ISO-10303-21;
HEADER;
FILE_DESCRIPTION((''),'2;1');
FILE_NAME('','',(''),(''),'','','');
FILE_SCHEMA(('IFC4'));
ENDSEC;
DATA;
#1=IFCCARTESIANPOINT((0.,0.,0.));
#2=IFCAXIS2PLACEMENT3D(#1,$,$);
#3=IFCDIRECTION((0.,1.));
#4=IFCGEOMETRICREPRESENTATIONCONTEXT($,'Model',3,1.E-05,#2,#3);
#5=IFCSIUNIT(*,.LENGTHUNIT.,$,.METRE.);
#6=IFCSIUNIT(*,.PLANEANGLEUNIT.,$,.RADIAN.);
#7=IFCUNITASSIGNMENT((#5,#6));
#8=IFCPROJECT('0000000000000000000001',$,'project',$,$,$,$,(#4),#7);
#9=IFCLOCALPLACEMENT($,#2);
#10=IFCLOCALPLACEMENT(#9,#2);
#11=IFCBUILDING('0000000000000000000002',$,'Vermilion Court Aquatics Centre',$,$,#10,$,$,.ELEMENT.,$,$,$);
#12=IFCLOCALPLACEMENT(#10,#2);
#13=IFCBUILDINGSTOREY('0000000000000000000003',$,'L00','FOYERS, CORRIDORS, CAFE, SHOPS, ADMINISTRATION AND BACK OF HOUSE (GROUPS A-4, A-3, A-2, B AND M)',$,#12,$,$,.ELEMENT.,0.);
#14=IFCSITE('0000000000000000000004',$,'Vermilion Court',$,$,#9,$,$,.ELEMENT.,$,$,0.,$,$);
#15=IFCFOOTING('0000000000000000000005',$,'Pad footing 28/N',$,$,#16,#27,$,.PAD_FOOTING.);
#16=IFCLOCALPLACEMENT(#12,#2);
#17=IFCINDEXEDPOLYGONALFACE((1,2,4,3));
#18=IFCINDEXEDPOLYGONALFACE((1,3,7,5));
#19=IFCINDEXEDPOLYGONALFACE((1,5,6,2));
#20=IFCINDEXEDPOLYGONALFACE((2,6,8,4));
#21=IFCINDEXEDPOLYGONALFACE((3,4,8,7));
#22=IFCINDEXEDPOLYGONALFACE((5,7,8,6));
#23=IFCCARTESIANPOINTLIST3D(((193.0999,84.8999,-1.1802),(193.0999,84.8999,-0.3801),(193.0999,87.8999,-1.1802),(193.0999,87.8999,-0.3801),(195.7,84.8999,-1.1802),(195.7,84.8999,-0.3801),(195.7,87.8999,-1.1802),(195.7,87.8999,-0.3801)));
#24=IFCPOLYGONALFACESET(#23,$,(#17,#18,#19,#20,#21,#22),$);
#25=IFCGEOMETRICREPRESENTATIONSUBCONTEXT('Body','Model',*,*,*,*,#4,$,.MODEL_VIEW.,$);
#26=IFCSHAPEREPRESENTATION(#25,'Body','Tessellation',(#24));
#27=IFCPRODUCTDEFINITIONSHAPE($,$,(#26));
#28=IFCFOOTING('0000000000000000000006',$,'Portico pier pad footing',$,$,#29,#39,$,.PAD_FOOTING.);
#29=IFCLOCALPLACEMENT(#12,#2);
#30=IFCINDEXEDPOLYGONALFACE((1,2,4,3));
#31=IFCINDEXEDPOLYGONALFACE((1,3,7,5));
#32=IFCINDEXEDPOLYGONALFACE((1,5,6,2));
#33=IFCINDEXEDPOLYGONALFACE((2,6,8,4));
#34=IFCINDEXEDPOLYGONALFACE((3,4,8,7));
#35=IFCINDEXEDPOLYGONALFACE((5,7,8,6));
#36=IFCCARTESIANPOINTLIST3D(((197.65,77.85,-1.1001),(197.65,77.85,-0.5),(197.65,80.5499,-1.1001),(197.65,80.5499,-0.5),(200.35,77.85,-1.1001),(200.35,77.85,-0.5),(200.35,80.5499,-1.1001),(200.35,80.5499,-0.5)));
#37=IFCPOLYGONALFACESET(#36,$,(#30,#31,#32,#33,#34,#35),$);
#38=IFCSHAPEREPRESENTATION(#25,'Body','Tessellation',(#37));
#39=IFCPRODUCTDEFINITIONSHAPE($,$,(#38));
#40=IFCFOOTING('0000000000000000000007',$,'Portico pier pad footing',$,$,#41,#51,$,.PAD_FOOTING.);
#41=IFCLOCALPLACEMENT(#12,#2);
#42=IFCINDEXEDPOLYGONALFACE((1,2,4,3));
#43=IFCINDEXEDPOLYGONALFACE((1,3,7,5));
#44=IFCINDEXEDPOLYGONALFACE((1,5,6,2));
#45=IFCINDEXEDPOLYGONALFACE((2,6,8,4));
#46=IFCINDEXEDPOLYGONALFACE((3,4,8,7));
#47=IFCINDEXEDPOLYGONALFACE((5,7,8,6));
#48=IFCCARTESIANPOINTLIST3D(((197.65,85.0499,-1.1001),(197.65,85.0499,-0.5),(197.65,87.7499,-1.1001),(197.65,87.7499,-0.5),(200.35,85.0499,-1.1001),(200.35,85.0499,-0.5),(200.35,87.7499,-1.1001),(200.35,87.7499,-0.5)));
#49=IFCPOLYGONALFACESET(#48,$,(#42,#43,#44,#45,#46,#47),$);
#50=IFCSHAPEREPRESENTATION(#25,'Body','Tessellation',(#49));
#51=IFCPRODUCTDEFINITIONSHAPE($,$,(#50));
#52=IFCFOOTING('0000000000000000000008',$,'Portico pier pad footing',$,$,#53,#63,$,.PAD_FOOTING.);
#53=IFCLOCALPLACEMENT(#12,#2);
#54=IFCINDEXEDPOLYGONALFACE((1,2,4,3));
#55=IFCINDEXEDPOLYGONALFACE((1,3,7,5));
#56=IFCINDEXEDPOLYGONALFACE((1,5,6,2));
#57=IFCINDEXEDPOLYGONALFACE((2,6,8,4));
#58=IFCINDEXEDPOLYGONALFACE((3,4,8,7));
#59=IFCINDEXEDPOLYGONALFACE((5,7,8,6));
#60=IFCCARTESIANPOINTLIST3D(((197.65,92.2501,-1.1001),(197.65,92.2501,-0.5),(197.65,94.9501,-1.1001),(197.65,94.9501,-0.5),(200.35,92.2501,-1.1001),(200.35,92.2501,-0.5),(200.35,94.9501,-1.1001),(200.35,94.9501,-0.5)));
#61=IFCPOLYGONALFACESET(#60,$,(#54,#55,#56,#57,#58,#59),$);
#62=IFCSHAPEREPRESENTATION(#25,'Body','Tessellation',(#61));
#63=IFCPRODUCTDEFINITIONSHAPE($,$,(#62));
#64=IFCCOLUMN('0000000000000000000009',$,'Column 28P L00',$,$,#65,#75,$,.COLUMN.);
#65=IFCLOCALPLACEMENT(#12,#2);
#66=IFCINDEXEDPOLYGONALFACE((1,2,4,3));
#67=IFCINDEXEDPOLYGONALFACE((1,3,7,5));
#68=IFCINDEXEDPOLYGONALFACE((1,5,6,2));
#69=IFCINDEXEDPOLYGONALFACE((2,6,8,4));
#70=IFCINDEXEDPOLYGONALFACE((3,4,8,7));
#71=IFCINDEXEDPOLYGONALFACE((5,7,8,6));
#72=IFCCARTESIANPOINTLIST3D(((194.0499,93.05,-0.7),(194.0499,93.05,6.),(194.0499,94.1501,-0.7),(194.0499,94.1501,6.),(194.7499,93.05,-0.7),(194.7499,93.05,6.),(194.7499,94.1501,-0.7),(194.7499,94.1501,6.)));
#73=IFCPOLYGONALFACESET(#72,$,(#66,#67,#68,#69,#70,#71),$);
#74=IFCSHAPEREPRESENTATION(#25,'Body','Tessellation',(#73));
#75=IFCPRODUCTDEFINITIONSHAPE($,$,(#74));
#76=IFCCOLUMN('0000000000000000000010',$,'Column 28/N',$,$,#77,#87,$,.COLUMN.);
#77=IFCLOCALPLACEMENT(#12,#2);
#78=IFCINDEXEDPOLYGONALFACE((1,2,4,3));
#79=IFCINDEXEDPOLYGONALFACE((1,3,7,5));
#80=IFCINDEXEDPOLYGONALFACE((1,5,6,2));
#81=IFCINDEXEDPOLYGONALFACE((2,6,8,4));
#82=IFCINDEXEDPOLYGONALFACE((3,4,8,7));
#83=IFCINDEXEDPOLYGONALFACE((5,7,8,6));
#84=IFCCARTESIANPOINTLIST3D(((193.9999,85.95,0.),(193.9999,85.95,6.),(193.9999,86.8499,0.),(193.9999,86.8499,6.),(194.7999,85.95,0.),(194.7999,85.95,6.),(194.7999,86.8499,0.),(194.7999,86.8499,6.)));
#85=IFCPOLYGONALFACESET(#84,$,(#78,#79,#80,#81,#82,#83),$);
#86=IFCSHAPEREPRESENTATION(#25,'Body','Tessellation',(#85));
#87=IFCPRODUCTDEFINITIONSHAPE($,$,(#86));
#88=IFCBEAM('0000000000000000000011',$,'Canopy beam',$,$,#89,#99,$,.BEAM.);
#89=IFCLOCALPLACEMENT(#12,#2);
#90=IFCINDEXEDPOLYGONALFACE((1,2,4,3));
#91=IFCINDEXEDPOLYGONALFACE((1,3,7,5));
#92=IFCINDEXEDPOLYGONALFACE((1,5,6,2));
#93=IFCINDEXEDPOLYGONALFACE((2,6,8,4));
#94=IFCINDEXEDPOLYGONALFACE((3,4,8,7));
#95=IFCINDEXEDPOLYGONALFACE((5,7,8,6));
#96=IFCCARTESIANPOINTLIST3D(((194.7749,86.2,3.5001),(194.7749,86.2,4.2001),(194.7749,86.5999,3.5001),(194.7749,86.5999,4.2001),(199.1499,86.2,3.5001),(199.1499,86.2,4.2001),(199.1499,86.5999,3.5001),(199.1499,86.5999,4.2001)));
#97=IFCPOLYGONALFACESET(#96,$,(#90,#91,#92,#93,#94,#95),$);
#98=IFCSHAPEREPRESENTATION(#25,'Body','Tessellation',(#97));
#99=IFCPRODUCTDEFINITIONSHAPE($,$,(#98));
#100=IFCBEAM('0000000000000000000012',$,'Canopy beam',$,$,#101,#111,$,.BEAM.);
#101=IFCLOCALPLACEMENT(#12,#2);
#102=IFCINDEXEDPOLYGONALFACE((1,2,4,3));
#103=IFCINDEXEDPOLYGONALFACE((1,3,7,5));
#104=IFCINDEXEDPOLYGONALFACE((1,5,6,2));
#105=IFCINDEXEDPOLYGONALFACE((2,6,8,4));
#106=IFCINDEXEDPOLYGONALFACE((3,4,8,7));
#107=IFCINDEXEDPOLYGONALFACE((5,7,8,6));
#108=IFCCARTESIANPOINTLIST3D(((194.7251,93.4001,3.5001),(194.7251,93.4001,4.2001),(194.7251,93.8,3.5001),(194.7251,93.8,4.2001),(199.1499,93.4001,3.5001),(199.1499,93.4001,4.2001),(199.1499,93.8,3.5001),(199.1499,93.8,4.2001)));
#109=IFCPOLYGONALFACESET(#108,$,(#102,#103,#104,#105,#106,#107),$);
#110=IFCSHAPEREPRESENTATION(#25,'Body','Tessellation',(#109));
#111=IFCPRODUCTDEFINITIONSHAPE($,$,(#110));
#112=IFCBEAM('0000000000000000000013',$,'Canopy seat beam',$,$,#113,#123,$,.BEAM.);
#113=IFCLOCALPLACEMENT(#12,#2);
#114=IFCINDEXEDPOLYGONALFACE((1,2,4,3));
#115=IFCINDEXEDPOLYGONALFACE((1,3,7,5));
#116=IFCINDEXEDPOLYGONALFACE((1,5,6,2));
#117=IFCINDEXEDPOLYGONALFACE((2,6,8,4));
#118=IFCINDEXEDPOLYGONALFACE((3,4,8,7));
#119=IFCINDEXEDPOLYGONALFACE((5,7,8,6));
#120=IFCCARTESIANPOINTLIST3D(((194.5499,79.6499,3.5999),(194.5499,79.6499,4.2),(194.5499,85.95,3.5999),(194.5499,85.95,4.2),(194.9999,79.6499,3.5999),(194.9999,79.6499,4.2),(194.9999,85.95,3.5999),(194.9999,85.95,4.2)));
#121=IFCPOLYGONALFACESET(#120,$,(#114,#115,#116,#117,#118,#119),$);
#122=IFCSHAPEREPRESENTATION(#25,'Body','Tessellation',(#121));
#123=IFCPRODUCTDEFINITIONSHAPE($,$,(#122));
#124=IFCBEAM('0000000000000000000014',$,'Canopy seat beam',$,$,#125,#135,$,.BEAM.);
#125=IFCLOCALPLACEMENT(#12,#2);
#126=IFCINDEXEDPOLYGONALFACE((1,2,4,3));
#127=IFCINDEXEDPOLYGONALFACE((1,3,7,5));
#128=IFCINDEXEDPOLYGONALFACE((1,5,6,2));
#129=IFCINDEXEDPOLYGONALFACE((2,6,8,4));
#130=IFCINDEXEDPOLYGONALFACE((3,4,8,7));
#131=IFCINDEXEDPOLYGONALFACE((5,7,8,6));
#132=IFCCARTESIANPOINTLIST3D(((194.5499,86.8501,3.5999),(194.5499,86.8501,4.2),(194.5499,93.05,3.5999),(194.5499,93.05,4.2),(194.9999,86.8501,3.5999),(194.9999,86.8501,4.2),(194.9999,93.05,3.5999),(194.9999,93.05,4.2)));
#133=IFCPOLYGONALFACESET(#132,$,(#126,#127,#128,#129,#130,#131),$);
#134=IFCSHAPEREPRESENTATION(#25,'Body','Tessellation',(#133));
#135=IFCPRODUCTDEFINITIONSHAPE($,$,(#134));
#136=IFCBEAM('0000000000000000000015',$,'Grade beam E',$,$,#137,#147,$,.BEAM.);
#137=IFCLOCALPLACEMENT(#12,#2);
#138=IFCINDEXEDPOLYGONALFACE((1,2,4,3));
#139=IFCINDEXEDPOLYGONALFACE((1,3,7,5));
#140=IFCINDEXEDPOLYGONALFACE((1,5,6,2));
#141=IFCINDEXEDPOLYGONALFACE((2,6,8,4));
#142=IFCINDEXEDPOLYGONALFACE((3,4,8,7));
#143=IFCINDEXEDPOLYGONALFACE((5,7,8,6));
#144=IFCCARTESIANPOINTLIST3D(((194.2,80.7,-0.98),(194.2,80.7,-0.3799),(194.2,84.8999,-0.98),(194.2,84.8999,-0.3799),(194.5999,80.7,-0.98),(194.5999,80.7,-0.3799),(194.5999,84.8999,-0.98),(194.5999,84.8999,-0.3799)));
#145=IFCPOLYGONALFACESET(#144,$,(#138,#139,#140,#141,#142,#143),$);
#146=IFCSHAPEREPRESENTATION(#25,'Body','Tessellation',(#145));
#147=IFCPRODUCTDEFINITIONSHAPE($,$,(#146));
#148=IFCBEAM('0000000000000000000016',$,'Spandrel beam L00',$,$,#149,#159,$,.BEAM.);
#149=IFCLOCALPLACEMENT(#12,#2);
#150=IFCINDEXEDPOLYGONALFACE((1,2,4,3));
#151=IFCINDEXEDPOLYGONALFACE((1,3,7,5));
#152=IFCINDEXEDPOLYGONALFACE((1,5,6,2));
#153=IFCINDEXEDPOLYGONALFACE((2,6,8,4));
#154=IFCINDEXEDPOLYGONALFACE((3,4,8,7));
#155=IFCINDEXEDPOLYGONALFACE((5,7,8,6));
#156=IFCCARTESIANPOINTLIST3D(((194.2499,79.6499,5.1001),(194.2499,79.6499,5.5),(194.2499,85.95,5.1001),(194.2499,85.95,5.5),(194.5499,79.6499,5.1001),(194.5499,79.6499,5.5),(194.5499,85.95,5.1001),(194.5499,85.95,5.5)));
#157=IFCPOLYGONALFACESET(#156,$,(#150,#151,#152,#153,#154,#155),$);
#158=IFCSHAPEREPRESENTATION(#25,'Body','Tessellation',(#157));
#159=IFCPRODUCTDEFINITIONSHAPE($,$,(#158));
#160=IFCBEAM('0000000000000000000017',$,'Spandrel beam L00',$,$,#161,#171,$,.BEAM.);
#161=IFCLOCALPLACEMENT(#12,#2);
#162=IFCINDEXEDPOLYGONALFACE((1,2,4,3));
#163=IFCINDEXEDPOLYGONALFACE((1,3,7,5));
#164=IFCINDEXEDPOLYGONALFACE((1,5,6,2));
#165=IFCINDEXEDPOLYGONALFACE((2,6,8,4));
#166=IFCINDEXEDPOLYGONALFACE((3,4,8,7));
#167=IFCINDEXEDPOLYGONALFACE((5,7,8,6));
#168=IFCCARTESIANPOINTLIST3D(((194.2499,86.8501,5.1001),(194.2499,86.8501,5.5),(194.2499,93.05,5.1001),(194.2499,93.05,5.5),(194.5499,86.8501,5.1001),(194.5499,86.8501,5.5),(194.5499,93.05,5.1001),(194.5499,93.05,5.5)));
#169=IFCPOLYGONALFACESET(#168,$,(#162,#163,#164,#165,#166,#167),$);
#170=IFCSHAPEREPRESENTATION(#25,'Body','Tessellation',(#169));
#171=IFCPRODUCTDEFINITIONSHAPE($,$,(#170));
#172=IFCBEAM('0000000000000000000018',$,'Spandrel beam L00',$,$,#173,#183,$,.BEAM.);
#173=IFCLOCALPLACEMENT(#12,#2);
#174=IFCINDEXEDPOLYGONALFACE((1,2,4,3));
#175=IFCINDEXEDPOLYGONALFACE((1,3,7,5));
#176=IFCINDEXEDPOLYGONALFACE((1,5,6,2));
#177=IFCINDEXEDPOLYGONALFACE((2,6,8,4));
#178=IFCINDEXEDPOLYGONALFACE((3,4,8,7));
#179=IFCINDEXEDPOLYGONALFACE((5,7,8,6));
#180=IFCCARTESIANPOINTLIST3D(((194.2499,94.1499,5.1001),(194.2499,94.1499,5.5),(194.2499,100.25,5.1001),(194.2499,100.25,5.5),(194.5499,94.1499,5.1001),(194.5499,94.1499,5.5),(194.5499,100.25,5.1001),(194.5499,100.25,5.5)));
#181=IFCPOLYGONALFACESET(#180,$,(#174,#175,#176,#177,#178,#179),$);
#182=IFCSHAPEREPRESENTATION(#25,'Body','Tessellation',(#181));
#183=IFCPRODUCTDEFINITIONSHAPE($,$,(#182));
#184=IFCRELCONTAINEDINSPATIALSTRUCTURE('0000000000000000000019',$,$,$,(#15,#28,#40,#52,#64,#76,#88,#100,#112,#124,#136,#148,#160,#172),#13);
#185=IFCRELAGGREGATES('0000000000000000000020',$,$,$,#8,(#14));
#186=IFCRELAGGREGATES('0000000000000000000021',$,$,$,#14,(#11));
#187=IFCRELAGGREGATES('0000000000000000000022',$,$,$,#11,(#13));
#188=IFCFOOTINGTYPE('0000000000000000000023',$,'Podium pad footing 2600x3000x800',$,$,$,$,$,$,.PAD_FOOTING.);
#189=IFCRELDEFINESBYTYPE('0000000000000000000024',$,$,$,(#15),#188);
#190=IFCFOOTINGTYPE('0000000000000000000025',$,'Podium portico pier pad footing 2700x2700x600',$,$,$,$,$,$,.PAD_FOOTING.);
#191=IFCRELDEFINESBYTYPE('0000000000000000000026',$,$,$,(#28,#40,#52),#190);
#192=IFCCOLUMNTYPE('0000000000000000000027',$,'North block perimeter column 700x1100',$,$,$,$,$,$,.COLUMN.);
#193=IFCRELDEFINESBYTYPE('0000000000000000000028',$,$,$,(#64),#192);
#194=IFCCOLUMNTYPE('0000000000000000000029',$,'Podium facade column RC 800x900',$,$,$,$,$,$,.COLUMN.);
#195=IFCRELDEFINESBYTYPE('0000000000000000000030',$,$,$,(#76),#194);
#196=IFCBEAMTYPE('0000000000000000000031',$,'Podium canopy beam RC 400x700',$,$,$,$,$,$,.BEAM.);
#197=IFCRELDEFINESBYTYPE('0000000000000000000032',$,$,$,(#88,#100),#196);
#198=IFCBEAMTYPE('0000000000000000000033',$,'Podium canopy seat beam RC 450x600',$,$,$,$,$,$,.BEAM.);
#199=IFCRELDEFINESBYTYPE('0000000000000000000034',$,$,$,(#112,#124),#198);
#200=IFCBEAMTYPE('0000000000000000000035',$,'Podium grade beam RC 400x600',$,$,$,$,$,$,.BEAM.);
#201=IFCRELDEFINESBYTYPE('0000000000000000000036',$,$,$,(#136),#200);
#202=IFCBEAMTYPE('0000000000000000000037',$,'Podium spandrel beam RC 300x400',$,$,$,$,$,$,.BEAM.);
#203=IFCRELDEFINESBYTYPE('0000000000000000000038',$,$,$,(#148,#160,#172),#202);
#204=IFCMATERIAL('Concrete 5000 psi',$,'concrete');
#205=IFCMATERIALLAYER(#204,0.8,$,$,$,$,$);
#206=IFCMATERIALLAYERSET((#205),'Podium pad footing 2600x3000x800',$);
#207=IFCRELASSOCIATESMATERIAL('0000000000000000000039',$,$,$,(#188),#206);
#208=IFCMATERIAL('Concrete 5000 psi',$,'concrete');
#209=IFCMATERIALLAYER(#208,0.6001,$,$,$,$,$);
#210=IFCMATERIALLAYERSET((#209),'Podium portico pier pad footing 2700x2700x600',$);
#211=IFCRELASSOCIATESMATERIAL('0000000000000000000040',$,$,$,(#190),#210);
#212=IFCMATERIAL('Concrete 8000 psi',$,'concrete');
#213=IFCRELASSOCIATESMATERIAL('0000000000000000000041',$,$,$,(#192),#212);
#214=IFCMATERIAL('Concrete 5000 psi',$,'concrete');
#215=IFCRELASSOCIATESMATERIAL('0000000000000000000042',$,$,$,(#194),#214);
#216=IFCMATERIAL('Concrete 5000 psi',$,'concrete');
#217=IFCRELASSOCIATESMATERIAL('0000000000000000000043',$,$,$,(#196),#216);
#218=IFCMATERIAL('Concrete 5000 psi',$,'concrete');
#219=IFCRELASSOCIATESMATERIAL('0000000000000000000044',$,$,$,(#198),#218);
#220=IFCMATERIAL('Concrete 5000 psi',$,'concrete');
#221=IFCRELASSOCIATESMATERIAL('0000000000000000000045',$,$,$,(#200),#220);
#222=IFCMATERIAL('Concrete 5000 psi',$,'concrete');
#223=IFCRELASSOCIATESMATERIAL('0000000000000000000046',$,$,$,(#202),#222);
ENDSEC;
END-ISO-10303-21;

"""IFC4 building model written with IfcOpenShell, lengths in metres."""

from ifc_helpers import new_model, si_unit, direction, frame, origin, origin_2d, place, context, subcontext, project, spatial, rectangle, extrude, material, layer, layer_set, material_profile, profile_set, type_object, element, save


model = new_model("IFC4")

# Units and contexts
model_context = context("Model", 3, precision=1e-05, world=origin(), true_north=direction((0.0, 1.0)))
body_context = subcontext(model_context, "Body", "Model", "MODEL_VIEW")
ifc_project = project(units=[si_unit("LENGTHUNIT", "METRE"), si_unit("PLANEANGLEUNIT", "RADIAN")], contexts=[model_context])

# Site, building, storey
site_placement = place(None, origin())
site = spatial("IfcSite", under=ifc_project, at=site_placement, Name="Vermilion Court", CompositionType="ELEMENT", RefElevation=0.0)
building_placement = place(site_placement, origin())
building = spatial("IfcBuilding", under=site, at=building_placement, Name="Vermilion Court Aquatics Centre", CompositionType="ELEMENT")
storey_placement = place(building_placement, origin())
storey = spatial("IfcBuildingStorey", under=building, at=storey_placement, Name="L00", Description="FOYERS, CORRIDORS, CAFE, SHOPS, ADMINISTRATION AND BACK OF HOUSE (GROUPS A-4, A-3, A-2, B AND M)", CompositionType="ELEMENT", Elevation=0.0)

# Footings
ifc_material_1 = material(Name="Concrete 5000 psi", Category="concrete")
ifc_layer_1 = layer(ifc_material_1, 0.8)
ifc_layer_set_1 = layer_set([ifc_layer_1], Name="Podium pad footing 2600x3000x800")
footing_type_1 = type_object("IfcFootingType", Name="Podium pad footing 2600x3000x800", PredefinedType="PAD_FOOTING", material=ifc_layer_set_1)
footing_placement = place(storey_placement, frame((194.3999, 86.3999, -1.1802), z_axis=(0.0, 0.0, 1.0), x_axis=(1.0, 0.0, 0.0)))
element("IfcFooting", 1, at=footing_placement, inside=storey, type_object=footing_type_1, Name="Pad footing 28/N", PredefinedType="PAD_FOOTING", context=body_context, shape_type="SweptSolid", body=[
    extrude(rectangle(XDim=2.6001, YDim=3.0, at=origin_2d()), origin(), (0.0, 0.0, 1.0), 0.8),
])
ifc_material_2 = material(Name="Concrete 5000 psi", Category="concrete")
ifc_layer_2 = layer(ifc_material_2, 0.6001)
ifc_layer_set_2 = layer_set([ifc_layer_2], Name="Podium portico pier pad footing 2700x2700x600")
footing_type_2 = type_object("IfcFootingType", Name="Podium portico pier pad footing 2700x2700x600", PredefinedType="PAD_FOOTING", material=ifc_layer_set_2)
for number, where, z_axis, x_axis, name in (
    (2, (199.0, 79.2, -1.1001), (0.0, 0.0, 1.0), (1.0, 0.0, 0.0), "Portico pier pad footing"),
    (3, (199.0, 86.3999, -1.1001), (0.0, 0.0, 1.0), (1.0, 0.0, 0.0), "Portico pier pad footing"),
    (4, (199.0, 93.6001, -1.1001), (0.0, 0.0, 1.0), (1.0, 0.0, 0.0), "Portico pier pad footing"),
):
    element("IfcFooting", number, at=place(storey_placement, frame(where, z_axis=z_axis, x_axis=x_axis)), inside=storey, type_object=footing_type_2, Name=name, PredefinedType="PAD_FOOTING", context=body_context, shape_type="SweptSolid", body=[
        extrude(rectangle(XDim=2.7, YDim=2.7, at=origin_2d()), origin(), (0.0, 0.0, 1.0), 0.6001),
    ])

# Columns
ifc_material_3 = material(Name="Concrete 8000 psi", Category="concrete")
ifc_material_profile_1 = material_profile(ifc_material_3, rectangle(XDim=0.7, YDim=1.1001, at=origin_2d()), Name="RC 700x1100")
ifc_profile_set_1 = profile_set([ifc_material_profile_1], Name="Concrete 8000 psi")
column_type_1 = type_object("IfcColumnType", Name="North block perimeter column 700x1100", PredefinedType="COLUMN", material=ifc_profile_set_1)
column_1_placement = place(storey_placement, frame((194.3999, 93.6001, -0.7), z_axis=(0.0, 0.0, 1.0), x_axis=(1.0, 0.0, 0.0)))
element("IfcColumn", 5, at=column_1_placement, inside=storey, type_object=column_type_1, Name="Column 28P L00", PredefinedType="COLUMN", context=body_context, shape_type="SweptSolid", body=[
    extrude(rectangle(XDim=0.7, YDim=1.1001, at=origin_2d()), origin(), (0.0, 0.0, 1.0), 6.7),
])
ifc_material_4 = material(Name="Concrete 5000 psi", Category="concrete")
ifc_material_profile_2 = material_profile(ifc_material_4, rectangle(XDim=0.8, YDim=0.8999, at=origin_2d()), Name="RC 800x900")
ifc_profile_set_2 = profile_set([ifc_material_profile_2], Name="Concrete 5000 psi")
column_type_2 = type_object("IfcColumnType", Name="Podium facade column RC 800x900", PredefinedType="COLUMN", material=ifc_profile_set_2)
column_2_placement = place(storey_placement, frame((194.3999, 86.3999, 0.0), z_axis=(0.0, 0.0, 1.0), x_axis=(1.0, 0.0, 0.0)))
element("IfcColumn", 6, at=column_2_placement, inside=storey, type_object=column_type_2, Name="Column 28/N", PredefinedType="COLUMN", context=body_context, shape_type="SweptSolid", body=[
    extrude(rectangle(XDim=0.8, YDim=0.8999, at=origin_2d()), origin(), (0.0, 0.0, 1.0), 6.0),
])

# Beams
ifc_material_5 = material(Name="Concrete 5000 psi", Category="concrete")
ifc_material_profile_3 = material_profile(ifc_material_5, rectangle(XDim=0.3999, YDim=0.7, at=origin_2d()), Name="RC 400x700")
ifc_profile_set_3 = profile_set([ifc_material_profile_3], Name="Concrete 5000 psi")
beam_type_1 = type_object("IfcBeamType", Name="Podium canopy beam RC 400x700", PredefinedType="BEAM", material=ifc_profile_set_3)
beam_1_placement = place(storey_placement, frame((194.7749, 86.3999, 3.8501), z_axis=(1.0, 0.0, 0.0), x_axis=(0.0, 1.0, 0.0)))
element("IfcBeam", 7, at=beam_1_placement, inside=storey, type_object=beam_type_1, Name="Canopy beam", PredefinedType="BEAM", context=body_context, shape_type="SweptSolid", body=[
    extrude(rectangle(XDim=0.3999, YDim=0.7, at=origin_2d()), origin(), (0.0, 0.0, 1.0), 4.375),
])
beam_2_placement = place(storey_placement, frame((194.7251, 93.6001, 3.8501), z_axis=(1.0, 0.0, 0.0), x_axis=(0.0, 1.0, 0.0)))
element("IfcBeam", 8, at=beam_2_placement, inside=storey, type_object=beam_type_1, Name="Canopy beam", PredefinedType="BEAM", context=body_context, shape_type="SweptSolid", body=[
    extrude(rectangle(XDim=0.3999, YDim=0.7, at=origin_2d()), origin(), (0.0, 0.0, 1.0), 4.4248),
])
ifc_material_6 = material(Name="Concrete 5000 psi", Category="concrete")
ifc_material_profile_4 = material_profile(ifc_material_6, rectangle(XDim=0.45, YDim=0.6001, at=origin_2d()), Name="RC 450x600")
ifc_profile_set_4 = profile_set([ifc_material_profile_4], Name="Concrete 5000 psi")
beam_type_2 = type_object("IfcBeamType", Name="Podium canopy seat beam RC 450x600", PredefinedType="BEAM", material=ifc_profile_set_4)
beam_3_placement = place(storey_placement, frame((194.7749, 79.6499, 3.8999), z_axis=(0.0, 1.0, 0.0), x_axis=(-1.0, 0.0, 0.0)))
element("IfcBeam", 9, at=beam_3_placement, inside=storey, type_object=beam_type_2, Name="Canopy seat beam", PredefinedType="BEAM", context=body_context, shape_type="SweptSolid", body=[
    extrude(rectangle(XDim=0.45, YDim=0.6001, at=origin_2d()), origin(), (0.0, 0.0, 1.0), 6.3),
])
beam_4_placement = place(storey_placement, frame((194.7749, 86.8501, 3.8999), z_axis=(0.0, 1.0, 0.0), x_axis=(-1.0, 0.0, 0.0)))
element("IfcBeam", 10, at=beam_4_placement, inside=storey, type_object=beam_type_2, Name="Canopy seat beam", PredefinedType="BEAM", context=body_context, shape_type="SweptSolid", body=[
    extrude(rectangle(XDim=0.45, YDim=0.6001, at=origin_2d()), origin(), (0.0, 0.0, 1.0), 6.2),
])
ifc_material_7 = material(Name="Concrete 5000 psi", Category="concrete")
ifc_material_profile_5 = material_profile(ifc_material_7, rectangle(XDim=0.3999, YDim=0.6001, at=origin_2d()), Name="RC 400x600")
ifc_profile_set_5 = profile_set([ifc_material_profile_5], Name="Concrete 5000 psi")
beam_type_3 = type_object("IfcBeamType", Name="Podium grade beam RC 400x600", PredefinedType="BEAM", material=ifc_profile_set_5)
beam_5_placement = place(storey_placement, frame((194.3999, 80.7, -0.6799), z_axis=(0.0, 1.0, 0.0), x_axis=(-1.0, 0.0, 0.0)))
element("IfcBeam", 11, at=beam_5_placement, inside=storey, type_object=beam_type_3, Name="Grade beam E", PredefinedType="BEAM", context=body_context, shape_type="SweptSolid", body=[
    extrude(rectangle(XDim=0.3999, YDim=0.6001, at=origin_2d()), origin(), (0.0, 0.0, 1.0), 4.2),
])
ifc_material_8 = material(Name="Concrete 5000 psi", Category="concrete")
ifc_material_profile_6 = material_profile(ifc_material_8, rectangle(XDim=0.3, YDim=0.3999, at=origin_2d()), Name="RC 300x400")
ifc_profile_set_6 = profile_set([ifc_material_profile_6], Name="Concrete 5000 psi")
beam_type_4 = type_object("IfcBeamType", Name="Podium spandrel beam RC 300x400", PredefinedType="BEAM", material=ifc_profile_set_6)
beam_6_placement = place(storey_placement, frame((194.3999, 79.6499, 5.3), z_axis=(0.0, 1.0, 0.0), x_axis=(-1.0, 0.0, 0.0)))
element("IfcBeam", 12, at=beam_6_placement, inside=storey, type_object=beam_type_4, Name="Spandrel beam L00", PredefinedType="BEAM", context=body_context, shape_type="SweptSolid", body=[
    extrude(rectangle(XDim=0.3, YDim=0.3999, at=origin_2d()), origin(), (0.0, 0.0, 1.0), 6.3),
])
beam_7_placement = place(storey_placement, frame((194.3999, 86.8501, 5.3), z_axis=(0.0, 1.0, 0.0), x_axis=(-1.0, 0.0, 0.0)))
element("IfcBeam", 13, at=beam_7_placement, inside=storey, type_object=beam_type_4, Name="Spandrel beam L00", PredefinedType="BEAM", context=body_context, shape_type="SweptSolid", body=[
    extrude(rectangle(XDim=0.3, YDim=0.3999, at=origin_2d()), origin(), (0.0, 0.0, 1.0), 6.2),
])
beam_8_placement = place(storey_placement, frame((194.3999, 94.1499, 5.3), z_axis=(0.0, 1.0, 0.0), x_axis=(-1.0, 0.0, 0.0)))
element("IfcBeam", 14, at=beam_8_placement, inside=storey, type_object=beam_type_4, Name="Spandrel beam L00", PredefinedType="BEAM", context=body_context, shape_type="SweptSolid", body=[
    extrude(rectangle(XDim=0.3, YDim=0.3999, at=origin_2d()), origin(), (0.0, 0.0, 1.0), 6.1001),
])

save(model, "model.ifc")
